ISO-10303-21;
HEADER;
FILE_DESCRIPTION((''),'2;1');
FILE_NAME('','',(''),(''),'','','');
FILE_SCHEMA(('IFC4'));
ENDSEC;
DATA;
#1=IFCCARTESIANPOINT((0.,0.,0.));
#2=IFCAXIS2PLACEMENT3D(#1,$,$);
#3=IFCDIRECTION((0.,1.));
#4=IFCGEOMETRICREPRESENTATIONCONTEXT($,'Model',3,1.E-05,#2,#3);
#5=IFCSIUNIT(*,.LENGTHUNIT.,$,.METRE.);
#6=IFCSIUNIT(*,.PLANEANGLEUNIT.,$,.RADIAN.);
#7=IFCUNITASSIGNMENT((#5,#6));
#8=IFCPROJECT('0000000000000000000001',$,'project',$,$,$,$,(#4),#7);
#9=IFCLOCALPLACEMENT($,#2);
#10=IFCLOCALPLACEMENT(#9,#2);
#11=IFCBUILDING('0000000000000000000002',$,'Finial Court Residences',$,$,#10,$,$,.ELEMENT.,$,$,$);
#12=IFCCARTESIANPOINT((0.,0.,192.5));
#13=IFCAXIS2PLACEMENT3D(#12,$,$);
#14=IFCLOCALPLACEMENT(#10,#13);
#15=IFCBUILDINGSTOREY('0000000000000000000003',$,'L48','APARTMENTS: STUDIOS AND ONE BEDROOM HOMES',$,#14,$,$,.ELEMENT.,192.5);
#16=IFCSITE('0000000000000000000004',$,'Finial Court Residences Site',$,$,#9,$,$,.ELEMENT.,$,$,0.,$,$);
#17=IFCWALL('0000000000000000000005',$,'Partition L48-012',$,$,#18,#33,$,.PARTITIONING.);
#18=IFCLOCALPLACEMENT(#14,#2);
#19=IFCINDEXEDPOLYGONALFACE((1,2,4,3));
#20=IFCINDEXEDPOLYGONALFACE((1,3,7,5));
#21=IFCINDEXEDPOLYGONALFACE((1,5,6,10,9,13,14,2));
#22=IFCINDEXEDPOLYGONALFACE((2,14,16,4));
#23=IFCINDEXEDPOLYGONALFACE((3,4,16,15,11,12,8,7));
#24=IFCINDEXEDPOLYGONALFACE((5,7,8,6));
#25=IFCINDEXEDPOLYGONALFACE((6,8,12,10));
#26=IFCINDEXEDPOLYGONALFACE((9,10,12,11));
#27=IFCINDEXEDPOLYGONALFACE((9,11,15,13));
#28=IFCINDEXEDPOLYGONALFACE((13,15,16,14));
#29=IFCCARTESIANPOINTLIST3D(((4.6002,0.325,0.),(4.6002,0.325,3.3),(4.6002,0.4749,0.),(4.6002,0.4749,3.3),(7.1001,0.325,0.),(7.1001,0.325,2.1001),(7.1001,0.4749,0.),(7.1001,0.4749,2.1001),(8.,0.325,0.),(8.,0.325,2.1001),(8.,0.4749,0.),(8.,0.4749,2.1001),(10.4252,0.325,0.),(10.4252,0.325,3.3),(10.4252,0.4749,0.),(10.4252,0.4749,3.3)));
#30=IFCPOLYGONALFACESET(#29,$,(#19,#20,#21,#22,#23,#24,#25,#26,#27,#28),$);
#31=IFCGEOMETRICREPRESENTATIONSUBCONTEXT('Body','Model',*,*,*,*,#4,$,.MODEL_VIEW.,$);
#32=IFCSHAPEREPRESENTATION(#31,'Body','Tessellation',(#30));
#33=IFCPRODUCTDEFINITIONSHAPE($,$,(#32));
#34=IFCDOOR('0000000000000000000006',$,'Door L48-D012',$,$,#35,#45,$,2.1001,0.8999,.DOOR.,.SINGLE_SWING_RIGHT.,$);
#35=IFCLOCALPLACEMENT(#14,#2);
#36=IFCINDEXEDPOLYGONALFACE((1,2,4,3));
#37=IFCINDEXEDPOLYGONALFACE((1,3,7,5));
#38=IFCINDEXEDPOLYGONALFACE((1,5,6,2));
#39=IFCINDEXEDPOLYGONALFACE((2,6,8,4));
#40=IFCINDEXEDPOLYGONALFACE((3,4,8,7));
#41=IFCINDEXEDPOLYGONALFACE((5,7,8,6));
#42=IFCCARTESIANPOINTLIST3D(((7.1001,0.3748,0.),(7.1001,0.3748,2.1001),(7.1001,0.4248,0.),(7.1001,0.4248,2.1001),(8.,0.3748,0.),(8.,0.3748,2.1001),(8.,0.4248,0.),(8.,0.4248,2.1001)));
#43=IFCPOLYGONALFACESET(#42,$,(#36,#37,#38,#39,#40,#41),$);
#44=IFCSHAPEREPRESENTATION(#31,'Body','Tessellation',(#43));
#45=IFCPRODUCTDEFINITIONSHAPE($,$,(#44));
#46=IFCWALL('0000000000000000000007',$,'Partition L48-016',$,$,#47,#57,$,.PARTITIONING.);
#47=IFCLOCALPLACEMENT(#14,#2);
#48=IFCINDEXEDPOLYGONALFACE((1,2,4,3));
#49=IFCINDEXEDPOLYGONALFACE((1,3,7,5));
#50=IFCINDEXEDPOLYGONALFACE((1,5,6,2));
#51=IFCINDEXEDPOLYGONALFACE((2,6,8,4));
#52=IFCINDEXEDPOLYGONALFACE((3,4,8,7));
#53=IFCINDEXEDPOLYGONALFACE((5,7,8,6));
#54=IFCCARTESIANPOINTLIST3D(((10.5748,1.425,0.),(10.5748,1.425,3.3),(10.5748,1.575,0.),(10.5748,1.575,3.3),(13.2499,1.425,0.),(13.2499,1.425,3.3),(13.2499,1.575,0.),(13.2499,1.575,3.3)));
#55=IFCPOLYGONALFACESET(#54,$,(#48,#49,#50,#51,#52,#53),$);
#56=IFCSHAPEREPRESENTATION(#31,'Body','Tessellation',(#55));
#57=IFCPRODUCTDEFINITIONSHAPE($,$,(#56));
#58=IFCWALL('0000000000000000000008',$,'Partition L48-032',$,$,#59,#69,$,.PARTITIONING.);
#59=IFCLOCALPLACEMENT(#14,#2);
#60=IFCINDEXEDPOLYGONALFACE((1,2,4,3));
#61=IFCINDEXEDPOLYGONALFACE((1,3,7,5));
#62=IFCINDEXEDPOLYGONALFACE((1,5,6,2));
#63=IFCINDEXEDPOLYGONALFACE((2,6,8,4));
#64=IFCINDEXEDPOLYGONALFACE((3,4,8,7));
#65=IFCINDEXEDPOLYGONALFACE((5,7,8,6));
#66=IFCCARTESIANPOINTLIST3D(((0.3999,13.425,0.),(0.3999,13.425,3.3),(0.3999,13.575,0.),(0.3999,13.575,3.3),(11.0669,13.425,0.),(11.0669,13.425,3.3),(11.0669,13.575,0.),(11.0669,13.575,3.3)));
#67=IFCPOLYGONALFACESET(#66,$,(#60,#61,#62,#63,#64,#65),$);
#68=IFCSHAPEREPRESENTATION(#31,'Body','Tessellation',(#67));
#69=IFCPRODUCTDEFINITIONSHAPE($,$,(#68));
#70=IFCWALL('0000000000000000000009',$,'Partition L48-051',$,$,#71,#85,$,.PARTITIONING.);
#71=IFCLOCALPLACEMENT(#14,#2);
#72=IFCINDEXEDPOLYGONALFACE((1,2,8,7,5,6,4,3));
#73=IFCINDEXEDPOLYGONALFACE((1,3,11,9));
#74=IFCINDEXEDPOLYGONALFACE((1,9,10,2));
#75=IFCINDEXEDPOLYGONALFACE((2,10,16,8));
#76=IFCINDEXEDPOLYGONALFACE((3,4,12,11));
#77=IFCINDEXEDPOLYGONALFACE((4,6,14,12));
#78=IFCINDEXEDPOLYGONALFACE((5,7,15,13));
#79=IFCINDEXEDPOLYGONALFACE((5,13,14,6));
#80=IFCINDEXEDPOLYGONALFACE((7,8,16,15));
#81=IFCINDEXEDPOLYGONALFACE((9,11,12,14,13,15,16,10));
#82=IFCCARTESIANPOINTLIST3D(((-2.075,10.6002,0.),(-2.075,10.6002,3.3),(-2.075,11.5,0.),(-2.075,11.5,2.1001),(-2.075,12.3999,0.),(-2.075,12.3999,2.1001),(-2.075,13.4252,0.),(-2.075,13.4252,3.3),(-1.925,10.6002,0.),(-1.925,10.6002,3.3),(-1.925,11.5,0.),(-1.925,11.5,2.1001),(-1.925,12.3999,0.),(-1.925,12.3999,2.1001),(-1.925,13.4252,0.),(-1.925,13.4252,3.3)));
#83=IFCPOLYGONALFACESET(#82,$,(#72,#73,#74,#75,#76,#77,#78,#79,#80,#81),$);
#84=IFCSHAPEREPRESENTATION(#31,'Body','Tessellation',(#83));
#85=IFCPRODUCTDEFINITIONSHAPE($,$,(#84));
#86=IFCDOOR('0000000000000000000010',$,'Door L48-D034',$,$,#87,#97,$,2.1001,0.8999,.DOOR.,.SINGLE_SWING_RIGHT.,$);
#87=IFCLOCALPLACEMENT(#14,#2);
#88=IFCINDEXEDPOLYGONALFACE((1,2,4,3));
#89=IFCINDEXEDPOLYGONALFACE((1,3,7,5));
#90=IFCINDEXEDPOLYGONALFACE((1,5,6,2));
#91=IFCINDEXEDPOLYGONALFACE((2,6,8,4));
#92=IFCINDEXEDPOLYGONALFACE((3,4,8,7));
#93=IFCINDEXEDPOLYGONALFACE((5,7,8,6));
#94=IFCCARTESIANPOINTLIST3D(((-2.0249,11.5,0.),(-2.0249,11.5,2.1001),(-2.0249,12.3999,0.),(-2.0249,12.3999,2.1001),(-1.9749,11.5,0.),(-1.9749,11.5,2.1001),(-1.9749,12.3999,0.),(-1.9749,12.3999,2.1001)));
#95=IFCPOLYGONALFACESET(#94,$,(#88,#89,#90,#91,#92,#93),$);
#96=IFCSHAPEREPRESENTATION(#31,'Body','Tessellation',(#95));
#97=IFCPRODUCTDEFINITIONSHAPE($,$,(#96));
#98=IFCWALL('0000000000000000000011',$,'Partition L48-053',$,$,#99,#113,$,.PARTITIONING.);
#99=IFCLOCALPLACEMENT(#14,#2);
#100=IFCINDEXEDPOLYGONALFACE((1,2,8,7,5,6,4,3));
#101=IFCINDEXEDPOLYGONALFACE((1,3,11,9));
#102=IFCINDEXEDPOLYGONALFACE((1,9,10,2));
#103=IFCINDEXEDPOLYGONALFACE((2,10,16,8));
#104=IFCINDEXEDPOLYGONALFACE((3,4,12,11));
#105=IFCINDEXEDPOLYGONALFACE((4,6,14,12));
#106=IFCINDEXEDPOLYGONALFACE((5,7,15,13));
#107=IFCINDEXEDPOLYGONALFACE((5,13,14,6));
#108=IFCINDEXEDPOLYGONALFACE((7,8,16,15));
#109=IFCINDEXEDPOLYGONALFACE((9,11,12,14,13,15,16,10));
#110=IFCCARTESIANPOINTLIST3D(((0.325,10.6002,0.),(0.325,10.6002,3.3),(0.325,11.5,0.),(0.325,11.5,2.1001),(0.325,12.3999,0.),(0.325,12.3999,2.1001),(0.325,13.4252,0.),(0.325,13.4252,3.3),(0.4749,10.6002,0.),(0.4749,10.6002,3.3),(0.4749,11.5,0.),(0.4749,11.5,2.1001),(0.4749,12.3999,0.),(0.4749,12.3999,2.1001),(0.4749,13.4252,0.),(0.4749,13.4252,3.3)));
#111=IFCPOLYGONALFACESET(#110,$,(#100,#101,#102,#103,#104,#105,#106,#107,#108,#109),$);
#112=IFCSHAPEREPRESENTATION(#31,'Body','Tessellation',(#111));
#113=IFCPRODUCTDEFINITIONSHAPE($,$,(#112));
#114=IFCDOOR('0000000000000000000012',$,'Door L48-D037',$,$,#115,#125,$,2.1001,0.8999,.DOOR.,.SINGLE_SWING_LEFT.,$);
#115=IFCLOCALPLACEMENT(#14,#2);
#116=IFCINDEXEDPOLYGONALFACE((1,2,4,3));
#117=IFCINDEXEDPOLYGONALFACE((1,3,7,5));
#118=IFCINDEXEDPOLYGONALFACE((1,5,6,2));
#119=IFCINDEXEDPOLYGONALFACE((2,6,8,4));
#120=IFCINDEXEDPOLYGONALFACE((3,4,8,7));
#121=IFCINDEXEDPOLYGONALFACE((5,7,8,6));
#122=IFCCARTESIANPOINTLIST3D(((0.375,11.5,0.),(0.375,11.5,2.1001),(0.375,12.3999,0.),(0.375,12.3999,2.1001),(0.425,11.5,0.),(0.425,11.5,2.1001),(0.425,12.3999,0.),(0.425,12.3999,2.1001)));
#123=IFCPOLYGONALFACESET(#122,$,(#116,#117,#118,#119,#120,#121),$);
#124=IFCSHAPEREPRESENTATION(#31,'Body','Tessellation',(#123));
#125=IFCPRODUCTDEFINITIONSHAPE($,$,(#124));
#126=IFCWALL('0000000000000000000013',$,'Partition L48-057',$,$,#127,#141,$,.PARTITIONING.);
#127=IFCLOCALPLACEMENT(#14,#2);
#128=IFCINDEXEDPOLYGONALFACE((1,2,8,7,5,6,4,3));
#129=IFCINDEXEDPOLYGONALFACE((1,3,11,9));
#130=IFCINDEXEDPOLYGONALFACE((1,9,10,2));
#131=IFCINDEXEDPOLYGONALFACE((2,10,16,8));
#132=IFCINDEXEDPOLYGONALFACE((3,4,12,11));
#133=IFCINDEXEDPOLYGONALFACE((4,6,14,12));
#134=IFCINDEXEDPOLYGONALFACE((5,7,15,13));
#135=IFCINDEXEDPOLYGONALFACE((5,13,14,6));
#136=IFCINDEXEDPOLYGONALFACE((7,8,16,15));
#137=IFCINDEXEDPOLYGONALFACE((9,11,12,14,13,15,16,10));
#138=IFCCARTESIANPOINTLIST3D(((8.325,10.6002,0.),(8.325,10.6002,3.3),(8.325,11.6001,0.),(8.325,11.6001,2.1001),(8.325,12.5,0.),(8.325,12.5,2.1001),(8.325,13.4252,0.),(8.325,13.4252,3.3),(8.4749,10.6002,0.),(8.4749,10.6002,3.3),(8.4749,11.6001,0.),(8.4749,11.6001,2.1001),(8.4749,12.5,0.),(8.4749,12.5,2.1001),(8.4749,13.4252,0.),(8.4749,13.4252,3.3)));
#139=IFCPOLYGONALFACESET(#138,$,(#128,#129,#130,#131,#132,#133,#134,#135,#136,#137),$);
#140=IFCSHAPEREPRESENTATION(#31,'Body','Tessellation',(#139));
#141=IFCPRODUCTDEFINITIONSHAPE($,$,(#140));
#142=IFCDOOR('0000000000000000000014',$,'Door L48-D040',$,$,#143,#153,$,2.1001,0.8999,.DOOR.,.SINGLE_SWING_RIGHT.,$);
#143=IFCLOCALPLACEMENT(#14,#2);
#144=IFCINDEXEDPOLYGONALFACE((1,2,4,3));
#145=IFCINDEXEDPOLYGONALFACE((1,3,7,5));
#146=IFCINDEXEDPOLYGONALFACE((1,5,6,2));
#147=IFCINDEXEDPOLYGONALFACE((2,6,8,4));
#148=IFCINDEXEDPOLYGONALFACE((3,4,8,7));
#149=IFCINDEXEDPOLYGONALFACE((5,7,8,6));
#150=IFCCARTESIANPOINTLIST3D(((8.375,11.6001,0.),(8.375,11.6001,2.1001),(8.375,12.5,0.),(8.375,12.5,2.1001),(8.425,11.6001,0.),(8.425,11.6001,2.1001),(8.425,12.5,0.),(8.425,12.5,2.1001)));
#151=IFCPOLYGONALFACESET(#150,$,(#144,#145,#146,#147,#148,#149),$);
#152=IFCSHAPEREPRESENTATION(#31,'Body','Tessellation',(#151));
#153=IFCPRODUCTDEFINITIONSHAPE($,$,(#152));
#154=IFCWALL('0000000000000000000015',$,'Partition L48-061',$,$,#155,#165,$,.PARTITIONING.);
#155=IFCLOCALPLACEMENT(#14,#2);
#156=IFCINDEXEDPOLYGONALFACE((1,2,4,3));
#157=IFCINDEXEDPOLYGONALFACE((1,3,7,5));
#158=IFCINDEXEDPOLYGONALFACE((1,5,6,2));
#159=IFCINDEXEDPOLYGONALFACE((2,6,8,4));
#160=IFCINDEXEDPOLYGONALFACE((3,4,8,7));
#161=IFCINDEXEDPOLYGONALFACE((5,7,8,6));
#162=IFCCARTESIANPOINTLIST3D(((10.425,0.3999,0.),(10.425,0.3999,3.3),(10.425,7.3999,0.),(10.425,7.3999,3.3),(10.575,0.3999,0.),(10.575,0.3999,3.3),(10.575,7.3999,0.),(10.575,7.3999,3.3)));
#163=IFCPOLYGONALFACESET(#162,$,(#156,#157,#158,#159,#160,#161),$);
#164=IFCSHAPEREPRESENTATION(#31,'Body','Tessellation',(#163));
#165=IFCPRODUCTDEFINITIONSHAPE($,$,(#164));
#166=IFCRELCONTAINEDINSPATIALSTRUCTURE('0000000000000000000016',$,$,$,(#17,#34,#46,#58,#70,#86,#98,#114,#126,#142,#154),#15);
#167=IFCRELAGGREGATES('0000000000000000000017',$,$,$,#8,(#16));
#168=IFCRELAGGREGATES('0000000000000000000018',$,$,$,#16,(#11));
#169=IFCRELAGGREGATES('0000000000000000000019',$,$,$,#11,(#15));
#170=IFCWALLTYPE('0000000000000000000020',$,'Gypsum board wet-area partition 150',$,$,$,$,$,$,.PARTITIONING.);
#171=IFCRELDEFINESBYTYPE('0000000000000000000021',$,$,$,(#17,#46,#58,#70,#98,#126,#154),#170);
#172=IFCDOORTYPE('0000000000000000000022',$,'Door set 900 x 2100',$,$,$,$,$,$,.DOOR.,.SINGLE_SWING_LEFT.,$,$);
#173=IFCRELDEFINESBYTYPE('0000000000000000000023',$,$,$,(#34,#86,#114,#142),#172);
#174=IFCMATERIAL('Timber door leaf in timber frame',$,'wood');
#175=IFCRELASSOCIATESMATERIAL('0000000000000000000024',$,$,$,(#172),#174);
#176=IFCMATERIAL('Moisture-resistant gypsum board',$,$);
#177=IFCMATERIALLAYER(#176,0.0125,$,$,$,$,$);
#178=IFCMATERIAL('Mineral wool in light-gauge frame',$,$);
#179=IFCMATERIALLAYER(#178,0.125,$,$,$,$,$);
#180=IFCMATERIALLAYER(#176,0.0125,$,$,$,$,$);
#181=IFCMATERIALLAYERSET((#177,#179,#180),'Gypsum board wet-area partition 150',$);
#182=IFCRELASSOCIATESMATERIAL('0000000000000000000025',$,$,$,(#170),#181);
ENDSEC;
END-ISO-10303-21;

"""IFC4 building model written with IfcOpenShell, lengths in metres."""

from ifc_helpers import new_model, si_unit, direction, frame, frame_2d, origin, place, context, subcontext, project, spatial, rectangle, extrude, material, layer, layer_set, type_object, element, fill, save


model = new_model("IFC4")

# Units and contexts
model_context = context("Model", 3, precision=1e-05, world=origin(), true_north=direction((0.0, 1.0)))
body_context = subcontext(model_context, "Body", "Model", "MODEL_VIEW")
ifc_project = project(units=[si_unit("LENGTHUNIT", "METRE"), si_unit("PLANEANGLEUNIT", "RADIAN")], contexts=[model_context])

# Site, building, storey
site_placement = place(None, origin())
site = spatial("IfcSite", under=ifc_project, at=site_placement, Name="Finial Court Residences Site", CompositionType="ELEMENT", RefElevation=0.0)
building_placement = place(site_placement, origin())
building = spatial("IfcBuilding", under=site, at=building_placement, Name="Finial Court Residences", CompositionType="ELEMENT")
storey_placement = place(building_placement, frame((0.0, 0.0, 192.5)))
storey = spatial("IfcBuildingStorey", under=building, at=storey_placement, Name="L48", Description="APARTMENTS: STUDIOS AND ONE BEDROOM HOMES", CompositionType="ELEMENT", Elevation=192.5)

# Shared definitions
ifc_material_1 = material(Name="Mineral wool in light-gauge frame")

# Wall, opening, door
ifc_material_2 = material(Name="Timber door leaf in timber frame", Category="wood")
door_type = type_object("IfcDoorType", Name="Door set 900 x 2100", OperationType="SINGLE_SWING_LEFT", PredefinedType="DOOR", material=ifc_material_2)
ifc_material_3 = material(Name="Moisture-resistant gypsum board")
ifc_layer_1 = layer(ifc_material_3, 0.0125)
ifc_layer_2 = layer(ifc_material_1, 0.125)
ifc_layer_3 = layer(ifc_material_3, 0.0125)
ifc_layer_set_1 = layer_set([ifc_layer_1, ifc_layer_2, ifc_layer_3], Name="Gypsum board wet-area partition 150")
wall_type_1 = type_object("IfcWallType", Name="Gypsum board wet-area partition 150", PredefinedType="PARTITIONING", material=ifc_layer_set_1)
wall_1_placement = place(storey_placement, frame((4.6001, 0.3999, 0.0), z_axis=(0.0, 0.0, 1.0), x_axis=(1.0, 0.0, 0.0)))
wall_1 = element("IfcWall", 1, at=wall_1_placement, inside=storey, type_object=wall_type_1, Name="Partition L48-012", PredefinedType="PARTITIONING", context=body_context, shape_type="SweptSolid", body=[
    extrude(rectangle(XDim=5.825, YDim=0.1499, at=frame_2d((2.9126, 0.0))), origin(), (0.0, 0.0, 1.0), 3.3),
])
opening_1_placement = place(wall_1_placement, frame((2.5, 0.0, 0.0)))
opening_1 = element("IfcOpeningElement", 2, at=opening_1_placement, cuts=wall_1, PredefinedType="OPENING", context=body_context, shape_type="SweptSolid", body=[
    extrude(rectangle(XDim=0.8999, YDim=2.1001, at=frame_2d((0.45, 1.05))), frame((0.0, 0.085, 0.0), z_axis=(0.0, -1.0, 0.0), x_axis=(1.0, 0.0, 0.0)), (0.0, 0.0, 1.0), 0.1699),
])
door_1_placement = place(opening_1_placement, origin())
door_1 = element("IfcDoor", 3, at=door_1_placement, inside=storey, type_object=door_type, Name="Door L48-D012", OperationType="SINGLE_SWING_RIGHT", OverallHeight=2.1001, OverallWidth=0.8999, PredefinedType="DOOR", context=body_context, shape_type="SweptSolid", body=[
    extrude(rectangle(XDim=0.8999, YDim=2.1001, at=frame_2d((0.45, 1.05))), frame((0.0, 0.0249, 0.0), z_axis=(0.0, -1.0, 0.0), x_axis=(1.0, 0.0, 0.0)), (0.0, 0.0, 1.0), 0.05),
])
fill(opening_1, door_1)

# Walls
wall_2_placement = place(storey_placement, frame((10.575, 1.5, 0.0), z_axis=(0.0, 0.0, 1.0), x_axis=(1.0, 0.0, 0.0)))
element("IfcWall", 4, at=wall_2_placement, inside=storey, type_object=wall_type_1, Name="Partition L48-016", PredefinedType="PARTITIONING", context=body_context, shape_type="SweptSolid", body=[
    extrude(rectangle(XDim=2.675, YDim=0.1499, at=frame_2d((1.3374, 0.0))), origin(), (0.0, 0.0, 1.0), 3.3),
])
wall_3_placement = place(storey_placement, frame((0.3999, 13.5, 0.0), z_axis=(0.0, 0.0, 1.0), x_axis=(1.0, 0.0, 0.0)))
element("IfcWall", 5, at=wall_3_placement, inside=storey, type_object=wall_type_1, Name="Partition L48-032", PredefinedType="PARTITIONING", context=body_context, shape_type="SweptSolid", body=[
    extrude(rectangle(XDim=10.667, YDim=0.1499, at=frame_2d((5.3335, 0.0))), origin(), (0.0, 0.0, 1.0), 3.3),
])

# Walls, openings, doors
wall_4_placement = place(storey_placement, frame((-2.0, 10.6001, 0.0), z_axis=(0.0, 0.0, 1.0), x_axis=(0.0, 1.0, 0.0)))
wall_4 = element("IfcWall", 6, at=wall_4_placement, inside=storey, type_object=wall_type_1, Name="Partition L48-051", PredefinedType="PARTITIONING", context=body_context, shape_type="SweptSolid", body=[
    extrude(rectangle(XDim=2.825, YDim=0.1499, at=frame_2d((1.4126, 0.0))), origin(), (0.0, 0.0, 1.0), 3.3),
])
opening_2_placement = place(wall_4_placement, frame((0.8999, 0.0, 0.0)))
opening_2 = element("IfcOpeningElement", 7, at=opening_2_placement, cuts=wall_4, PredefinedType="OPENING", context=body_context, shape_type="SweptSolid", body=[
    extrude(rectangle(XDim=0.8999, YDim=2.1001, at=frame_2d((0.45, 1.05))), frame((0.0, 0.085, 0.0), z_axis=(0.0, -1.0, 0.0), x_axis=(1.0, 0.0, 0.0)), (0.0, 0.0, 1.0), 0.1699),
])
door_2_placement = place(opening_2_placement, origin())
door_2 = element("IfcDoor", 8, at=door_2_placement, inside=storey, type_object=door_type, Name="Door L48-D034", OperationType="SINGLE_SWING_RIGHT", OverallHeight=2.1001, OverallWidth=0.8999, PredefinedType="DOOR", context=body_context, shape_type="SweptSolid", body=[
    extrude(rectangle(XDim=0.8999, YDim=2.1001, at=frame_2d((0.45, 1.05))), frame((0.0, 0.0249, 0.0), z_axis=(0.0, -1.0, 0.0), x_axis=(1.0, 0.0, 0.0)), (0.0, 0.0, 1.0), 0.05),
])
fill(opening_2, door_2)
wall_5_placement = place(storey_placement, frame((0.3999, 10.6001, 0.0), z_axis=(0.0, 0.0, 1.0), x_axis=(0.0, 1.0, 0.0)))
wall_5 = element("IfcWall", 9, at=wall_5_placement, inside=storey, type_object=wall_type_1, Name="Partition L48-053", PredefinedType="PARTITIONING", context=body_context, shape_type="SweptSolid", body=[
    extrude(rectangle(XDim=2.825, YDim=0.1499, at=frame_2d((1.4126, 0.0))), origin(), (0.0, 0.0, 1.0), 3.3),
])
opening_3_placement = place(wall_5_placement, frame((0.8999, 0.0, 0.0)))
opening_3 = element("IfcOpeningElement", 10, at=opening_3_placement, cuts=wall_5, PredefinedType="OPENING", context=body_context, shape_type="SweptSolid", body=[
    extrude(rectangle(XDim=0.8999, YDim=2.1001, at=frame_2d((0.45, 1.05))), frame((0.0, 0.085, 0.0), z_axis=(0.0, -1.0, 0.0), x_axis=(1.0, 0.0, 0.0)), (0.0, 0.0, 1.0), 0.1699),
])
door_3_placement = place(opening_3_placement, origin())
door_3 = element("IfcDoor", 11, at=door_3_placement, inside=storey, type_object=door_type, Name="Door L48-D037", OperationType="SINGLE_SWING_LEFT", OverallHeight=2.1001, OverallWidth=0.8999, PredefinedType="DOOR", context=body_context, shape_type="SweptSolid", body=[
    extrude(rectangle(XDim=0.8999, YDim=2.1001, at=frame_2d((0.45, 1.05))), frame((0.0, 0.0249, 0.0), z_axis=(0.0, -1.0, 0.0), x_axis=(1.0, 0.0, 0.0)), (0.0, 0.0, 1.0), 0.05),
])
fill(opening_3, door_3)
wall_6_placement = place(storey_placement, frame((8.3999, 10.6001, 0.0), z_axis=(0.0, 0.0, 1.0), x_axis=(0.0, 1.0, 0.0)))
wall_6 = element("IfcWall", 12, at=wall_6_placement, inside=storey, type_object=wall_type_1, Name="Partition L48-057", PredefinedType="PARTITIONING", context=body_context, shape_type="SweptSolid", body=[
    extrude(rectangle(XDim=2.825, YDim=0.1499, at=frame_2d((1.4126, 0.0))), origin(), (0.0, 0.0, 1.0), 3.3),
])
opening_4_placement = place(wall_6_placement, frame((1.0, 0.0, 0.0)))
opening_4 = element("IfcOpeningElement", 13, at=opening_4_placement, cuts=wall_6, PredefinedType="OPENING", context=body_context, shape_type="SweptSolid", body=[
    extrude(rectangle(XDim=0.8999, YDim=2.1001, at=frame_2d((0.45, 1.05))), frame((0.0, 0.085, 0.0), z_axis=(0.0, -1.0, 0.0), x_axis=(1.0, 0.0, 0.0)), (0.0, 0.0, 1.0), 0.1699),
])
door_4_placement = place(opening_4_placement, origin())
door_4 = element("IfcDoor", 14, at=door_4_placement, inside=storey, type_object=door_type, Name="Door L48-D040", OperationType="SINGLE_SWING_RIGHT", OverallHeight=2.1001, OverallWidth=0.8999, PredefinedType="DOOR", context=body_context, shape_type="SweptSolid", body=[
    extrude(rectangle(XDim=0.8999, YDim=2.1001, at=frame_2d((0.45, 1.05))), frame((0.0, 0.0249, 0.0), z_axis=(0.0, -1.0, 0.0), x_axis=(1.0, 0.0, 0.0)), (0.0, 0.0, 1.0), 0.05),
])
fill(opening_4, door_4)

# Wall
wall_7_placement = place(storey_placement, frame((10.5, 0.3999, 0.0), z_axis=(0.0, 0.0, 1.0), x_axis=(0.0, 1.0, 0.0)))
element("IfcWall", 15, at=wall_7_placement, inside=storey, type_object=wall_type_1, Name="Partition L48-061", PredefinedType="PARTITIONING", context=body_context, shape_type="SweptSolid", body=[
    extrude(rectangle(XDim=7.0, YDim=0.1499, at=frame_2d((3.5, 0.0))), origin(), (0.0, 0.0, 1.0), 3.3),
])

save(model, "model.ifc")
